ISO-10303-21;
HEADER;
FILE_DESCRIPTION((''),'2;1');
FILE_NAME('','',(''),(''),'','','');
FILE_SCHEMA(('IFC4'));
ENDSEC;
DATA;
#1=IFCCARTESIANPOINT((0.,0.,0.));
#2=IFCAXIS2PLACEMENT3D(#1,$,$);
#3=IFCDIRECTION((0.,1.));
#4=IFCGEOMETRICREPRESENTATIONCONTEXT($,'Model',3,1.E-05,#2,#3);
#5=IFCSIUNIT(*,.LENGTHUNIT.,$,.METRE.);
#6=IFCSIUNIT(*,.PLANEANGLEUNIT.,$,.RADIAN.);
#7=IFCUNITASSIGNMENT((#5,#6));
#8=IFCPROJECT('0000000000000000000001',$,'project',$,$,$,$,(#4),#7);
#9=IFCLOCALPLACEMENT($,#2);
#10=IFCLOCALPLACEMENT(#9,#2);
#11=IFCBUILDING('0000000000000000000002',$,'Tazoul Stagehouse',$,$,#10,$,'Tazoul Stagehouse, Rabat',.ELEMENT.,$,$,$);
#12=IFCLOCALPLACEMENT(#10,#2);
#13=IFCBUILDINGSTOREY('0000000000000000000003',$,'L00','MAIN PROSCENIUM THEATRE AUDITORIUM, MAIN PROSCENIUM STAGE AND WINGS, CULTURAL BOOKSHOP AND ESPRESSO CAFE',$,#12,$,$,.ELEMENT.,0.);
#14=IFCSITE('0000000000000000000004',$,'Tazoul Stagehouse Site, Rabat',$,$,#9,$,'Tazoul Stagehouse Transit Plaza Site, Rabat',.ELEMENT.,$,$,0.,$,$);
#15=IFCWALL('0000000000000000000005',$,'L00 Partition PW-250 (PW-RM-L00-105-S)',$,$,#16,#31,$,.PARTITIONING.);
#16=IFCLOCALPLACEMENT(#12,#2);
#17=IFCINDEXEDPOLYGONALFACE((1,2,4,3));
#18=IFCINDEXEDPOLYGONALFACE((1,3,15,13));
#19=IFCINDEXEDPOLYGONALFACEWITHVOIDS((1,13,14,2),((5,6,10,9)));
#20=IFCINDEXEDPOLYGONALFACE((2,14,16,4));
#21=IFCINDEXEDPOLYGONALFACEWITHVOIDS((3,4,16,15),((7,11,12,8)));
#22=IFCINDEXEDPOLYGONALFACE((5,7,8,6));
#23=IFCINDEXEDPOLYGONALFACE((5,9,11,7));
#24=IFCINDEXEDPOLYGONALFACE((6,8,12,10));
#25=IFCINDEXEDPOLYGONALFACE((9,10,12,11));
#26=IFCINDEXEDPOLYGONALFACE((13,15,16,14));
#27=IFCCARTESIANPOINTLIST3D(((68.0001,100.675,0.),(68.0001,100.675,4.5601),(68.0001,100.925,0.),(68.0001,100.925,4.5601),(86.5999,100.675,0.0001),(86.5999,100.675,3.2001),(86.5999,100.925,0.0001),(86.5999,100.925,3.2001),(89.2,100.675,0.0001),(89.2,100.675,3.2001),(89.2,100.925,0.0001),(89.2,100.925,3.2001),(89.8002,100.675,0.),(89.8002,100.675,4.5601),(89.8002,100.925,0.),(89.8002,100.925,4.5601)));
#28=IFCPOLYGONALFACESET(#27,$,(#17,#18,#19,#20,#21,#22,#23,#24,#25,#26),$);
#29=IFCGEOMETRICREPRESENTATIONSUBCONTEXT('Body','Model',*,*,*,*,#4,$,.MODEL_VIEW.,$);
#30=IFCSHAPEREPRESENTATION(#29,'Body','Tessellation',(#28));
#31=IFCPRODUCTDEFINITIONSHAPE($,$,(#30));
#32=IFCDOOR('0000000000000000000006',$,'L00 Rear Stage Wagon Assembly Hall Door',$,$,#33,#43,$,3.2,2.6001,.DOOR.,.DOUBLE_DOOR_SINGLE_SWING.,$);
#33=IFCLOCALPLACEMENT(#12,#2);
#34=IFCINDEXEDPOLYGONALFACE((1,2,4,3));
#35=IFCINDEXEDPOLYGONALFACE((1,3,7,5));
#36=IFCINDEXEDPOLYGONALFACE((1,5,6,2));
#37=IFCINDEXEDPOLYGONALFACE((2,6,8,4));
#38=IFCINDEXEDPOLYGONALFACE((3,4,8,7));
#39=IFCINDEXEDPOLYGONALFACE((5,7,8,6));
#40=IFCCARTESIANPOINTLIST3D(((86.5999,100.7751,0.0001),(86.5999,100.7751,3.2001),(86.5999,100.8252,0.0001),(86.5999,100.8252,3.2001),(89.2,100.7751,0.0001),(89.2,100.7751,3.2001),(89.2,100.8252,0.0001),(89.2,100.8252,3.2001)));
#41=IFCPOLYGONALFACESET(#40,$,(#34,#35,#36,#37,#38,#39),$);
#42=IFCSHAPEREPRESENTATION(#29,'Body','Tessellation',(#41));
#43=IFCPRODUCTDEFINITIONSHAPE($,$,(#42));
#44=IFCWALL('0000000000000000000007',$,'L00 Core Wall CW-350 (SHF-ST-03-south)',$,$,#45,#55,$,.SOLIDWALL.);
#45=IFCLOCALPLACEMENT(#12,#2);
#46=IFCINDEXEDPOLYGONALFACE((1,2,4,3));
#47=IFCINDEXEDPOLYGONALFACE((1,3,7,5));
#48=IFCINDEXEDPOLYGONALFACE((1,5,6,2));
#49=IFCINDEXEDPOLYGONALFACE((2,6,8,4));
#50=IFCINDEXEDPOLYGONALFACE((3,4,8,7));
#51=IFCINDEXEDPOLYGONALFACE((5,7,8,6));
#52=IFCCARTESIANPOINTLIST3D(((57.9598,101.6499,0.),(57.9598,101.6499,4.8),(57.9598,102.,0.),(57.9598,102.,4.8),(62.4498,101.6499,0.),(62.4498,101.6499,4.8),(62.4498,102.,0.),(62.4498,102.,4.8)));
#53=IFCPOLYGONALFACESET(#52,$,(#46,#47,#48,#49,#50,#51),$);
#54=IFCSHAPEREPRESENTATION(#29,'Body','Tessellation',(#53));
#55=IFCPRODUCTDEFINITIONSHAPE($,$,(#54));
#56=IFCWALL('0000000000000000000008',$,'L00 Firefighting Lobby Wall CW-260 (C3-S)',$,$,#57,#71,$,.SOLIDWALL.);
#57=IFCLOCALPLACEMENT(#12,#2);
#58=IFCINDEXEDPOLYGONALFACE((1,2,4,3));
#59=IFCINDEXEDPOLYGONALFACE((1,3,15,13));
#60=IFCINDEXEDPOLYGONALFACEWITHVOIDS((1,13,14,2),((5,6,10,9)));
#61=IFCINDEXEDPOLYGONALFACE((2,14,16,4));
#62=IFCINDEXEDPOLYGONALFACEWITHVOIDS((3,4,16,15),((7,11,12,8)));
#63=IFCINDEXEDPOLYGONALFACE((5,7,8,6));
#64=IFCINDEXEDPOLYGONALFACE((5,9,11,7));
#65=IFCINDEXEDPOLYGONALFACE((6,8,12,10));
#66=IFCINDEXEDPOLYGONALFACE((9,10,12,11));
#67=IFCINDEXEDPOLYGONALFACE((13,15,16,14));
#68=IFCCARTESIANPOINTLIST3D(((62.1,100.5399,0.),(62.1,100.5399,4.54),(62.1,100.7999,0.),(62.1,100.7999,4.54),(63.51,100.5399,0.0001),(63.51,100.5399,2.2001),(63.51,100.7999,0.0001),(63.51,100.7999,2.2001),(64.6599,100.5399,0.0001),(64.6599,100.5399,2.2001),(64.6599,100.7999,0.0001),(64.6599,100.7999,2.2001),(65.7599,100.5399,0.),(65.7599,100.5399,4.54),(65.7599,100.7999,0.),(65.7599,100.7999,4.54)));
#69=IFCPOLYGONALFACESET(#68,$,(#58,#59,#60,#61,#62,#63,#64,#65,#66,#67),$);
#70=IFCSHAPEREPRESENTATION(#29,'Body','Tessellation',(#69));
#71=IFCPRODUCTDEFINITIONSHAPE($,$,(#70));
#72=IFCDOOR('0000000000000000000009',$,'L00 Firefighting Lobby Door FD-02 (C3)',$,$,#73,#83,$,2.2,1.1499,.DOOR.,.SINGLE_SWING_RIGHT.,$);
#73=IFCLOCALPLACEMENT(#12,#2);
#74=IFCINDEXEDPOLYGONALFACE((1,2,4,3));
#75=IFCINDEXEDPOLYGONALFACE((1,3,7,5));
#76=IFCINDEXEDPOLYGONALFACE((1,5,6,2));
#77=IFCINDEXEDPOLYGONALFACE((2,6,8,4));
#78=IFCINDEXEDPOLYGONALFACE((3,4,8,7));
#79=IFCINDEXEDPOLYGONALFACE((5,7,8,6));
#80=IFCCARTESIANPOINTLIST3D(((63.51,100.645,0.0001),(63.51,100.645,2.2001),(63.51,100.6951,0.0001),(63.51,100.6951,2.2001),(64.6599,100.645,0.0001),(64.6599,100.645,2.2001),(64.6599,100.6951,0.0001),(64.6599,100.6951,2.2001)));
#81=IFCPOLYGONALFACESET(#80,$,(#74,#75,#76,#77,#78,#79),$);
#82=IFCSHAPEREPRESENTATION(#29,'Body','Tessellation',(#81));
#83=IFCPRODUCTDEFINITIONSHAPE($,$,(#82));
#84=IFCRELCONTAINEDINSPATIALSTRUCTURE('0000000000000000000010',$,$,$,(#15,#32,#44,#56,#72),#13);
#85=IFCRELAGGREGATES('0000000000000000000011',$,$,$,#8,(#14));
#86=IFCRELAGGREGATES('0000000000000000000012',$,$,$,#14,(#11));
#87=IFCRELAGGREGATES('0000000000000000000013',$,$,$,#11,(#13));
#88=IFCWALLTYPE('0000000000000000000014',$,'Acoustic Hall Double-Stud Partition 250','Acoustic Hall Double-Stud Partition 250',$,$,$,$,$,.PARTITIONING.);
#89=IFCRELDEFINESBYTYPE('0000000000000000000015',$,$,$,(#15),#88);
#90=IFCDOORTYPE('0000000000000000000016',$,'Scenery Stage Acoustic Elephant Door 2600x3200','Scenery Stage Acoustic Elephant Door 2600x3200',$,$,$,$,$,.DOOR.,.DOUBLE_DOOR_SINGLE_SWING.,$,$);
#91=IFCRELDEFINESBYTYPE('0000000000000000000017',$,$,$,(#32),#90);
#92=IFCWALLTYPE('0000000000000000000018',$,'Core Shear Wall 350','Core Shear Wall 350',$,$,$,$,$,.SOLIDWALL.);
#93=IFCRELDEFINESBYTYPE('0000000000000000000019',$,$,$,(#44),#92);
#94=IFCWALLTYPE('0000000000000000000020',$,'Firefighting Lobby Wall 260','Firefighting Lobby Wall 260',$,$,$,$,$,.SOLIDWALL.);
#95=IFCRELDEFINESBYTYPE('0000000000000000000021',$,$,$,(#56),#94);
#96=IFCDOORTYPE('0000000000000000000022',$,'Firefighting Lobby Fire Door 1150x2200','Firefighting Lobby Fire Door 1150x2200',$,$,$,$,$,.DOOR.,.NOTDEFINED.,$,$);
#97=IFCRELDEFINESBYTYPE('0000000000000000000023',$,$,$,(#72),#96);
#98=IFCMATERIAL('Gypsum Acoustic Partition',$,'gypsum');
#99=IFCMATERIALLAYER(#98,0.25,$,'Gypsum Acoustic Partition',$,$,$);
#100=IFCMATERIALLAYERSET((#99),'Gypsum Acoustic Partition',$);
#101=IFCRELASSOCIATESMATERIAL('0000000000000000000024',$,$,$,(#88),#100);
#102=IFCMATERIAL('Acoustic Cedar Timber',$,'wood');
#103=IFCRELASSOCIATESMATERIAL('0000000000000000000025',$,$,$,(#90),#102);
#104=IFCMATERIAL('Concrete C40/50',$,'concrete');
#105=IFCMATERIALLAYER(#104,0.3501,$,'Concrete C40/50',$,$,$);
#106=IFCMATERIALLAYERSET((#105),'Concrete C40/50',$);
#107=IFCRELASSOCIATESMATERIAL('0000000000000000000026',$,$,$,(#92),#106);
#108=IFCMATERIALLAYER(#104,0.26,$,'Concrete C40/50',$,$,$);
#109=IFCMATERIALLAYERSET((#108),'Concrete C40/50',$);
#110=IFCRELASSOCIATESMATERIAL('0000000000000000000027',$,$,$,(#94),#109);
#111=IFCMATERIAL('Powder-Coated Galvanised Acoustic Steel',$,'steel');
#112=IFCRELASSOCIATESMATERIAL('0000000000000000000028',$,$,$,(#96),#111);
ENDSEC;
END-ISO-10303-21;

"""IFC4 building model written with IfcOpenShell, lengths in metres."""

from ifc_helpers import new_model, si_unit, direction, frame, frame_2d, origin, place, context, subcontext, project, spatial, rectangle, extrude, material, layer, layer_set, type_object, element, fill, save


model = new_model("IFC4")

# Units and contexts
model_context = context("Model", 3, precision=1e-05, world=origin(), true_north=direction((0.0, 1.0)))
body_context = subcontext(model_context, "Body", "Model", "MODEL_VIEW")
ifc_project = project(units=[si_unit("LENGTHUNIT", "METRE"), si_unit("PLANEANGLEUNIT", "RADIAN")], contexts=[model_context])

# Site, building, storey
site_placement = place(None, origin())
site = spatial("IfcSite", under=ifc_project, at=site_placement, Name="Tazoul Stagehouse Site, Rabat", LongName="Tazoul Stagehouse Transit Plaza Site, Rabat", CompositionType="ELEMENT", RefElevation=0.0)
building_placement = place(site_placement, origin())
building = spatial("IfcBuilding", under=site, at=building_placement, Name="Tazoul Stagehouse", LongName="Tazoul Stagehouse, Rabat", CompositionType="ELEMENT")
storey_placement = place(building_placement, origin())
storey = spatial("IfcBuildingStorey", under=building, at=storey_placement, Name="L00", Description="MAIN PROSCENIUM THEATRE AUDITORIUM, MAIN PROSCENIUM STAGE AND WINGS, CULTURAL BOOKSHOP AND ESPRESSO CAFE", CompositionType="ELEMENT", Elevation=0.0)

# Shared definitions
ifc_material_1 = material(Name="Concrete C40/50", Category="concrete")

# Shared definitions
ifc_material_2 = material(Name="Gypsum Acoustic Partition", Category="gypsum")
ifc_layer_1 = layer(ifc_material_2, 0.25, Name="Gypsum Acoustic Partition")
ifc_layer_set_1 = layer_set([ifc_layer_1], Name="Gypsum Acoustic Partition")
wall_type_1 = type_object("IfcWallType", Name="Acoustic Hall Double-Stud Partition 250", Description="Acoustic Hall Double-Stud Partition 250", PredefinedType="PARTITIONING", material=ifc_layer_set_1)
ifc_material_3 = material(Name="Acoustic Cedar Timber", Category="wood")
door_type_1 = type_object("IfcDoorType", Name="Scenery Stage Acoustic Elephant Door 2600x3200", Description="Scenery Stage Acoustic Elephant Door 2600x3200", OperationType="DOUBLE_DOOR_SINGLE_SWING", PredefinedType="DOOR", material=ifc_material_3)

# Wall, opening, door
wall_1_placement = place(storey_placement, frame((89.8, 100.8, 0.0), z_axis=(0.0, 0.0, 1.0), x_axis=(-1.0, 0.0, 0.0)))
wall_1 = element("IfcWall", 1, at=wall_1_placement, inside=storey, type_object=wall_type_1, Name="L00 Partition PW-250 (PW-RM-L00-105-S)", PredefinedType="PARTITIONING", context=body_context, shape_type="SweptSolid", body=[
    extrude(rectangle(XDim=21.8, YDim=0.25, at=frame_2d((10.8999, 0.0))), origin(), (0.0, 0.0, 1.0), 4.5601),
])
opening_1_placement = place(wall_1_placement, frame((0.6001, 0.0, 0.0)))
opening_1 = element("IfcOpeningElement", 2, at=opening_1_placement, cuts=wall_1, PredefinedType="OPENING", context=body_context, shape_type="SweptSolid", body=[
    extrude(rectangle(XDim=2.6001, YDim=3.2, at=frame_2d((1.3, 1.6001))), frame((0.0, 0.145, 0.0), z_axis=(0.0, -1.0, 0.0), x_axis=(1.0, 0.0, 0.0)), (0.0, 0.0, 1.0), 0.29),
])
door_1_placement = place(opening_1_placement, origin())
door_1 = element("IfcDoor", 3, at=door_1_placement, inside=storey, type_object=door_type_1, Name="L00 Rear Stage Wagon Assembly Hall Door", OperationType="DOUBLE_DOOR_SINGLE_SWING", OverallHeight=3.2, OverallWidth=2.6001, PredefinedType="DOOR", context=body_context, shape_type="SweptSolid", body=[
    extrude(rectangle(XDim=2.6001, YDim=3.2, at=frame_2d((1.3, 1.6001))), frame((0.0, 0.0249, 0.0), z_axis=(0.0, -1.0, 0.0), x_axis=(1.0, 0.0, 0.0)), (0.0, 0.0, 1.0), 0.05),
])
fill(opening_1, door_1)

# Wall
ifc_layer_2 = layer(ifc_material_1, 0.3501, Name="Concrete C40/50")
ifc_layer_set_2 = layer_set([ifc_layer_2], Name="Concrete C40/50")
wall_type_2 = type_object("IfcWallType", Name="Core Shear Wall 350", Description="Core Shear Wall 350", PredefinedType="SOLIDWALL", material=ifc_layer_set_2)
wall_2_placement = place(storey_placement, frame((62.45, 101.825, 0.0), z_axis=(0.0, 0.0, 1.0), x_axis=(-1.0, 0.0, 0.0)))
element("IfcWall", 4, at=wall_2_placement, inside=storey, type_object=wall_type_2, Name="L00 Core Wall CW-350 (SHF-ST-03-south)", PredefinedType="SOLIDWALL", context=body_context, shape_type="SweptSolid", body=[
    extrude(rectangle(XDim=4.49, YDim=0.3501, at=frame_2d((2.2451, 0.0))), origin(), (0.0, 0.0, 1.0), 4.8),
])

# Wall, opening, door
ifc_layer_3 = layer(ifc_material_1, 0.26, Name="Concrete C40/50")
ifc_layer_set_3 = layer_set([ifc_layer_3], Name="Concrete C40/50")
wall_type_3 = type_object("IfcWallType", Name="Firefighting Lobby Wall 260", Description="Firefighting Lobby Wall 260", PredefinedType="SOLIDWALL", material=ifc_layer_set_3)
wall_3_placement = place(storey_placement, frame((65.76, 100.6699, 0.0), z_axis=(0.0, 0.0, 1.0), x_axis=(-1.0, 0.0, 0.0)))
wall_3 = element("IfcWall", 5, at=wall_3_placement, inside=storey, type_object=wall_type_3, Name="L00 Firefighting Lobby Wall CW-260 (C3-S)", PredefinedType="SOLIDWALL", context=body_context, shape_type="SweptSolid", body=[
    extrude(rectangle(XDim=3.6599, YDim=0.26, at=frame_2d((1.8301, 0.0))), origin(), (0.0, 0.0, 1.0), 4.54),
])
opening_2_placement = place(wall_3_placement, frame((1.1001, 0.0, 0.0)))
opening_2 = element("IfcOpeningElement", 6, at=opening_2_placement, cuts=wall_3, PredefinedType="OPENING", context=body_context, shape_type="SweptSolid", body=[
    extrude(rectangle(XDim=1.1499, YDim=2.2, at=frame_2d((0.575, 1.1001))), frame((0.0, 0.1499, 0.0), z_axis=(0.0, -1.0, 0.0), x_axis=(1.0, 0.0, 0.0)), (0.0, 0.0, 1.0), 0.3),
])
ifc_material_4 = material(Name="Powder-Coated Galvanised Acoustic Steel", Category="steel")
door_type_2 = type_object("IfcDoorType", Name="Firefighting Lobby Fire Door 1150x2200", Description="Firefighting Lobby Fire Door 1150x2200", OperationType="NOTDEFINED", PredefinedType="DOOR", material=ifc_material_4)
door_2_placement = place(opening_2_placement, origin())
door_2 = element("IfcDoor", 7, at=door_2_placement, inside=storey, type_object=door_type_2, Name="L00 Firefighting Lobby Door FD-02 (C3)", OperationType="SINGLE_SWING_RIGHT", OverallHeight=2.2, OverallWidth=1.1499, PredefinedType="DOOR", context=body_context, shape_type="SweptSolid", body=[
    extrude(rectangle(XDim=1.1499, YDim=2.2, at=frame_2d((0.575, 1.1001))), frame((0.0, 0.0249, 0.0), z_axis=(0.0, -1.0, 0.0), x_axis=(1.0, 0.0, 0.0)), (0.0, 0.0, 1.0), 0.05),
])
fill(opening_2, door_2)

save(model, "model.ifc")
